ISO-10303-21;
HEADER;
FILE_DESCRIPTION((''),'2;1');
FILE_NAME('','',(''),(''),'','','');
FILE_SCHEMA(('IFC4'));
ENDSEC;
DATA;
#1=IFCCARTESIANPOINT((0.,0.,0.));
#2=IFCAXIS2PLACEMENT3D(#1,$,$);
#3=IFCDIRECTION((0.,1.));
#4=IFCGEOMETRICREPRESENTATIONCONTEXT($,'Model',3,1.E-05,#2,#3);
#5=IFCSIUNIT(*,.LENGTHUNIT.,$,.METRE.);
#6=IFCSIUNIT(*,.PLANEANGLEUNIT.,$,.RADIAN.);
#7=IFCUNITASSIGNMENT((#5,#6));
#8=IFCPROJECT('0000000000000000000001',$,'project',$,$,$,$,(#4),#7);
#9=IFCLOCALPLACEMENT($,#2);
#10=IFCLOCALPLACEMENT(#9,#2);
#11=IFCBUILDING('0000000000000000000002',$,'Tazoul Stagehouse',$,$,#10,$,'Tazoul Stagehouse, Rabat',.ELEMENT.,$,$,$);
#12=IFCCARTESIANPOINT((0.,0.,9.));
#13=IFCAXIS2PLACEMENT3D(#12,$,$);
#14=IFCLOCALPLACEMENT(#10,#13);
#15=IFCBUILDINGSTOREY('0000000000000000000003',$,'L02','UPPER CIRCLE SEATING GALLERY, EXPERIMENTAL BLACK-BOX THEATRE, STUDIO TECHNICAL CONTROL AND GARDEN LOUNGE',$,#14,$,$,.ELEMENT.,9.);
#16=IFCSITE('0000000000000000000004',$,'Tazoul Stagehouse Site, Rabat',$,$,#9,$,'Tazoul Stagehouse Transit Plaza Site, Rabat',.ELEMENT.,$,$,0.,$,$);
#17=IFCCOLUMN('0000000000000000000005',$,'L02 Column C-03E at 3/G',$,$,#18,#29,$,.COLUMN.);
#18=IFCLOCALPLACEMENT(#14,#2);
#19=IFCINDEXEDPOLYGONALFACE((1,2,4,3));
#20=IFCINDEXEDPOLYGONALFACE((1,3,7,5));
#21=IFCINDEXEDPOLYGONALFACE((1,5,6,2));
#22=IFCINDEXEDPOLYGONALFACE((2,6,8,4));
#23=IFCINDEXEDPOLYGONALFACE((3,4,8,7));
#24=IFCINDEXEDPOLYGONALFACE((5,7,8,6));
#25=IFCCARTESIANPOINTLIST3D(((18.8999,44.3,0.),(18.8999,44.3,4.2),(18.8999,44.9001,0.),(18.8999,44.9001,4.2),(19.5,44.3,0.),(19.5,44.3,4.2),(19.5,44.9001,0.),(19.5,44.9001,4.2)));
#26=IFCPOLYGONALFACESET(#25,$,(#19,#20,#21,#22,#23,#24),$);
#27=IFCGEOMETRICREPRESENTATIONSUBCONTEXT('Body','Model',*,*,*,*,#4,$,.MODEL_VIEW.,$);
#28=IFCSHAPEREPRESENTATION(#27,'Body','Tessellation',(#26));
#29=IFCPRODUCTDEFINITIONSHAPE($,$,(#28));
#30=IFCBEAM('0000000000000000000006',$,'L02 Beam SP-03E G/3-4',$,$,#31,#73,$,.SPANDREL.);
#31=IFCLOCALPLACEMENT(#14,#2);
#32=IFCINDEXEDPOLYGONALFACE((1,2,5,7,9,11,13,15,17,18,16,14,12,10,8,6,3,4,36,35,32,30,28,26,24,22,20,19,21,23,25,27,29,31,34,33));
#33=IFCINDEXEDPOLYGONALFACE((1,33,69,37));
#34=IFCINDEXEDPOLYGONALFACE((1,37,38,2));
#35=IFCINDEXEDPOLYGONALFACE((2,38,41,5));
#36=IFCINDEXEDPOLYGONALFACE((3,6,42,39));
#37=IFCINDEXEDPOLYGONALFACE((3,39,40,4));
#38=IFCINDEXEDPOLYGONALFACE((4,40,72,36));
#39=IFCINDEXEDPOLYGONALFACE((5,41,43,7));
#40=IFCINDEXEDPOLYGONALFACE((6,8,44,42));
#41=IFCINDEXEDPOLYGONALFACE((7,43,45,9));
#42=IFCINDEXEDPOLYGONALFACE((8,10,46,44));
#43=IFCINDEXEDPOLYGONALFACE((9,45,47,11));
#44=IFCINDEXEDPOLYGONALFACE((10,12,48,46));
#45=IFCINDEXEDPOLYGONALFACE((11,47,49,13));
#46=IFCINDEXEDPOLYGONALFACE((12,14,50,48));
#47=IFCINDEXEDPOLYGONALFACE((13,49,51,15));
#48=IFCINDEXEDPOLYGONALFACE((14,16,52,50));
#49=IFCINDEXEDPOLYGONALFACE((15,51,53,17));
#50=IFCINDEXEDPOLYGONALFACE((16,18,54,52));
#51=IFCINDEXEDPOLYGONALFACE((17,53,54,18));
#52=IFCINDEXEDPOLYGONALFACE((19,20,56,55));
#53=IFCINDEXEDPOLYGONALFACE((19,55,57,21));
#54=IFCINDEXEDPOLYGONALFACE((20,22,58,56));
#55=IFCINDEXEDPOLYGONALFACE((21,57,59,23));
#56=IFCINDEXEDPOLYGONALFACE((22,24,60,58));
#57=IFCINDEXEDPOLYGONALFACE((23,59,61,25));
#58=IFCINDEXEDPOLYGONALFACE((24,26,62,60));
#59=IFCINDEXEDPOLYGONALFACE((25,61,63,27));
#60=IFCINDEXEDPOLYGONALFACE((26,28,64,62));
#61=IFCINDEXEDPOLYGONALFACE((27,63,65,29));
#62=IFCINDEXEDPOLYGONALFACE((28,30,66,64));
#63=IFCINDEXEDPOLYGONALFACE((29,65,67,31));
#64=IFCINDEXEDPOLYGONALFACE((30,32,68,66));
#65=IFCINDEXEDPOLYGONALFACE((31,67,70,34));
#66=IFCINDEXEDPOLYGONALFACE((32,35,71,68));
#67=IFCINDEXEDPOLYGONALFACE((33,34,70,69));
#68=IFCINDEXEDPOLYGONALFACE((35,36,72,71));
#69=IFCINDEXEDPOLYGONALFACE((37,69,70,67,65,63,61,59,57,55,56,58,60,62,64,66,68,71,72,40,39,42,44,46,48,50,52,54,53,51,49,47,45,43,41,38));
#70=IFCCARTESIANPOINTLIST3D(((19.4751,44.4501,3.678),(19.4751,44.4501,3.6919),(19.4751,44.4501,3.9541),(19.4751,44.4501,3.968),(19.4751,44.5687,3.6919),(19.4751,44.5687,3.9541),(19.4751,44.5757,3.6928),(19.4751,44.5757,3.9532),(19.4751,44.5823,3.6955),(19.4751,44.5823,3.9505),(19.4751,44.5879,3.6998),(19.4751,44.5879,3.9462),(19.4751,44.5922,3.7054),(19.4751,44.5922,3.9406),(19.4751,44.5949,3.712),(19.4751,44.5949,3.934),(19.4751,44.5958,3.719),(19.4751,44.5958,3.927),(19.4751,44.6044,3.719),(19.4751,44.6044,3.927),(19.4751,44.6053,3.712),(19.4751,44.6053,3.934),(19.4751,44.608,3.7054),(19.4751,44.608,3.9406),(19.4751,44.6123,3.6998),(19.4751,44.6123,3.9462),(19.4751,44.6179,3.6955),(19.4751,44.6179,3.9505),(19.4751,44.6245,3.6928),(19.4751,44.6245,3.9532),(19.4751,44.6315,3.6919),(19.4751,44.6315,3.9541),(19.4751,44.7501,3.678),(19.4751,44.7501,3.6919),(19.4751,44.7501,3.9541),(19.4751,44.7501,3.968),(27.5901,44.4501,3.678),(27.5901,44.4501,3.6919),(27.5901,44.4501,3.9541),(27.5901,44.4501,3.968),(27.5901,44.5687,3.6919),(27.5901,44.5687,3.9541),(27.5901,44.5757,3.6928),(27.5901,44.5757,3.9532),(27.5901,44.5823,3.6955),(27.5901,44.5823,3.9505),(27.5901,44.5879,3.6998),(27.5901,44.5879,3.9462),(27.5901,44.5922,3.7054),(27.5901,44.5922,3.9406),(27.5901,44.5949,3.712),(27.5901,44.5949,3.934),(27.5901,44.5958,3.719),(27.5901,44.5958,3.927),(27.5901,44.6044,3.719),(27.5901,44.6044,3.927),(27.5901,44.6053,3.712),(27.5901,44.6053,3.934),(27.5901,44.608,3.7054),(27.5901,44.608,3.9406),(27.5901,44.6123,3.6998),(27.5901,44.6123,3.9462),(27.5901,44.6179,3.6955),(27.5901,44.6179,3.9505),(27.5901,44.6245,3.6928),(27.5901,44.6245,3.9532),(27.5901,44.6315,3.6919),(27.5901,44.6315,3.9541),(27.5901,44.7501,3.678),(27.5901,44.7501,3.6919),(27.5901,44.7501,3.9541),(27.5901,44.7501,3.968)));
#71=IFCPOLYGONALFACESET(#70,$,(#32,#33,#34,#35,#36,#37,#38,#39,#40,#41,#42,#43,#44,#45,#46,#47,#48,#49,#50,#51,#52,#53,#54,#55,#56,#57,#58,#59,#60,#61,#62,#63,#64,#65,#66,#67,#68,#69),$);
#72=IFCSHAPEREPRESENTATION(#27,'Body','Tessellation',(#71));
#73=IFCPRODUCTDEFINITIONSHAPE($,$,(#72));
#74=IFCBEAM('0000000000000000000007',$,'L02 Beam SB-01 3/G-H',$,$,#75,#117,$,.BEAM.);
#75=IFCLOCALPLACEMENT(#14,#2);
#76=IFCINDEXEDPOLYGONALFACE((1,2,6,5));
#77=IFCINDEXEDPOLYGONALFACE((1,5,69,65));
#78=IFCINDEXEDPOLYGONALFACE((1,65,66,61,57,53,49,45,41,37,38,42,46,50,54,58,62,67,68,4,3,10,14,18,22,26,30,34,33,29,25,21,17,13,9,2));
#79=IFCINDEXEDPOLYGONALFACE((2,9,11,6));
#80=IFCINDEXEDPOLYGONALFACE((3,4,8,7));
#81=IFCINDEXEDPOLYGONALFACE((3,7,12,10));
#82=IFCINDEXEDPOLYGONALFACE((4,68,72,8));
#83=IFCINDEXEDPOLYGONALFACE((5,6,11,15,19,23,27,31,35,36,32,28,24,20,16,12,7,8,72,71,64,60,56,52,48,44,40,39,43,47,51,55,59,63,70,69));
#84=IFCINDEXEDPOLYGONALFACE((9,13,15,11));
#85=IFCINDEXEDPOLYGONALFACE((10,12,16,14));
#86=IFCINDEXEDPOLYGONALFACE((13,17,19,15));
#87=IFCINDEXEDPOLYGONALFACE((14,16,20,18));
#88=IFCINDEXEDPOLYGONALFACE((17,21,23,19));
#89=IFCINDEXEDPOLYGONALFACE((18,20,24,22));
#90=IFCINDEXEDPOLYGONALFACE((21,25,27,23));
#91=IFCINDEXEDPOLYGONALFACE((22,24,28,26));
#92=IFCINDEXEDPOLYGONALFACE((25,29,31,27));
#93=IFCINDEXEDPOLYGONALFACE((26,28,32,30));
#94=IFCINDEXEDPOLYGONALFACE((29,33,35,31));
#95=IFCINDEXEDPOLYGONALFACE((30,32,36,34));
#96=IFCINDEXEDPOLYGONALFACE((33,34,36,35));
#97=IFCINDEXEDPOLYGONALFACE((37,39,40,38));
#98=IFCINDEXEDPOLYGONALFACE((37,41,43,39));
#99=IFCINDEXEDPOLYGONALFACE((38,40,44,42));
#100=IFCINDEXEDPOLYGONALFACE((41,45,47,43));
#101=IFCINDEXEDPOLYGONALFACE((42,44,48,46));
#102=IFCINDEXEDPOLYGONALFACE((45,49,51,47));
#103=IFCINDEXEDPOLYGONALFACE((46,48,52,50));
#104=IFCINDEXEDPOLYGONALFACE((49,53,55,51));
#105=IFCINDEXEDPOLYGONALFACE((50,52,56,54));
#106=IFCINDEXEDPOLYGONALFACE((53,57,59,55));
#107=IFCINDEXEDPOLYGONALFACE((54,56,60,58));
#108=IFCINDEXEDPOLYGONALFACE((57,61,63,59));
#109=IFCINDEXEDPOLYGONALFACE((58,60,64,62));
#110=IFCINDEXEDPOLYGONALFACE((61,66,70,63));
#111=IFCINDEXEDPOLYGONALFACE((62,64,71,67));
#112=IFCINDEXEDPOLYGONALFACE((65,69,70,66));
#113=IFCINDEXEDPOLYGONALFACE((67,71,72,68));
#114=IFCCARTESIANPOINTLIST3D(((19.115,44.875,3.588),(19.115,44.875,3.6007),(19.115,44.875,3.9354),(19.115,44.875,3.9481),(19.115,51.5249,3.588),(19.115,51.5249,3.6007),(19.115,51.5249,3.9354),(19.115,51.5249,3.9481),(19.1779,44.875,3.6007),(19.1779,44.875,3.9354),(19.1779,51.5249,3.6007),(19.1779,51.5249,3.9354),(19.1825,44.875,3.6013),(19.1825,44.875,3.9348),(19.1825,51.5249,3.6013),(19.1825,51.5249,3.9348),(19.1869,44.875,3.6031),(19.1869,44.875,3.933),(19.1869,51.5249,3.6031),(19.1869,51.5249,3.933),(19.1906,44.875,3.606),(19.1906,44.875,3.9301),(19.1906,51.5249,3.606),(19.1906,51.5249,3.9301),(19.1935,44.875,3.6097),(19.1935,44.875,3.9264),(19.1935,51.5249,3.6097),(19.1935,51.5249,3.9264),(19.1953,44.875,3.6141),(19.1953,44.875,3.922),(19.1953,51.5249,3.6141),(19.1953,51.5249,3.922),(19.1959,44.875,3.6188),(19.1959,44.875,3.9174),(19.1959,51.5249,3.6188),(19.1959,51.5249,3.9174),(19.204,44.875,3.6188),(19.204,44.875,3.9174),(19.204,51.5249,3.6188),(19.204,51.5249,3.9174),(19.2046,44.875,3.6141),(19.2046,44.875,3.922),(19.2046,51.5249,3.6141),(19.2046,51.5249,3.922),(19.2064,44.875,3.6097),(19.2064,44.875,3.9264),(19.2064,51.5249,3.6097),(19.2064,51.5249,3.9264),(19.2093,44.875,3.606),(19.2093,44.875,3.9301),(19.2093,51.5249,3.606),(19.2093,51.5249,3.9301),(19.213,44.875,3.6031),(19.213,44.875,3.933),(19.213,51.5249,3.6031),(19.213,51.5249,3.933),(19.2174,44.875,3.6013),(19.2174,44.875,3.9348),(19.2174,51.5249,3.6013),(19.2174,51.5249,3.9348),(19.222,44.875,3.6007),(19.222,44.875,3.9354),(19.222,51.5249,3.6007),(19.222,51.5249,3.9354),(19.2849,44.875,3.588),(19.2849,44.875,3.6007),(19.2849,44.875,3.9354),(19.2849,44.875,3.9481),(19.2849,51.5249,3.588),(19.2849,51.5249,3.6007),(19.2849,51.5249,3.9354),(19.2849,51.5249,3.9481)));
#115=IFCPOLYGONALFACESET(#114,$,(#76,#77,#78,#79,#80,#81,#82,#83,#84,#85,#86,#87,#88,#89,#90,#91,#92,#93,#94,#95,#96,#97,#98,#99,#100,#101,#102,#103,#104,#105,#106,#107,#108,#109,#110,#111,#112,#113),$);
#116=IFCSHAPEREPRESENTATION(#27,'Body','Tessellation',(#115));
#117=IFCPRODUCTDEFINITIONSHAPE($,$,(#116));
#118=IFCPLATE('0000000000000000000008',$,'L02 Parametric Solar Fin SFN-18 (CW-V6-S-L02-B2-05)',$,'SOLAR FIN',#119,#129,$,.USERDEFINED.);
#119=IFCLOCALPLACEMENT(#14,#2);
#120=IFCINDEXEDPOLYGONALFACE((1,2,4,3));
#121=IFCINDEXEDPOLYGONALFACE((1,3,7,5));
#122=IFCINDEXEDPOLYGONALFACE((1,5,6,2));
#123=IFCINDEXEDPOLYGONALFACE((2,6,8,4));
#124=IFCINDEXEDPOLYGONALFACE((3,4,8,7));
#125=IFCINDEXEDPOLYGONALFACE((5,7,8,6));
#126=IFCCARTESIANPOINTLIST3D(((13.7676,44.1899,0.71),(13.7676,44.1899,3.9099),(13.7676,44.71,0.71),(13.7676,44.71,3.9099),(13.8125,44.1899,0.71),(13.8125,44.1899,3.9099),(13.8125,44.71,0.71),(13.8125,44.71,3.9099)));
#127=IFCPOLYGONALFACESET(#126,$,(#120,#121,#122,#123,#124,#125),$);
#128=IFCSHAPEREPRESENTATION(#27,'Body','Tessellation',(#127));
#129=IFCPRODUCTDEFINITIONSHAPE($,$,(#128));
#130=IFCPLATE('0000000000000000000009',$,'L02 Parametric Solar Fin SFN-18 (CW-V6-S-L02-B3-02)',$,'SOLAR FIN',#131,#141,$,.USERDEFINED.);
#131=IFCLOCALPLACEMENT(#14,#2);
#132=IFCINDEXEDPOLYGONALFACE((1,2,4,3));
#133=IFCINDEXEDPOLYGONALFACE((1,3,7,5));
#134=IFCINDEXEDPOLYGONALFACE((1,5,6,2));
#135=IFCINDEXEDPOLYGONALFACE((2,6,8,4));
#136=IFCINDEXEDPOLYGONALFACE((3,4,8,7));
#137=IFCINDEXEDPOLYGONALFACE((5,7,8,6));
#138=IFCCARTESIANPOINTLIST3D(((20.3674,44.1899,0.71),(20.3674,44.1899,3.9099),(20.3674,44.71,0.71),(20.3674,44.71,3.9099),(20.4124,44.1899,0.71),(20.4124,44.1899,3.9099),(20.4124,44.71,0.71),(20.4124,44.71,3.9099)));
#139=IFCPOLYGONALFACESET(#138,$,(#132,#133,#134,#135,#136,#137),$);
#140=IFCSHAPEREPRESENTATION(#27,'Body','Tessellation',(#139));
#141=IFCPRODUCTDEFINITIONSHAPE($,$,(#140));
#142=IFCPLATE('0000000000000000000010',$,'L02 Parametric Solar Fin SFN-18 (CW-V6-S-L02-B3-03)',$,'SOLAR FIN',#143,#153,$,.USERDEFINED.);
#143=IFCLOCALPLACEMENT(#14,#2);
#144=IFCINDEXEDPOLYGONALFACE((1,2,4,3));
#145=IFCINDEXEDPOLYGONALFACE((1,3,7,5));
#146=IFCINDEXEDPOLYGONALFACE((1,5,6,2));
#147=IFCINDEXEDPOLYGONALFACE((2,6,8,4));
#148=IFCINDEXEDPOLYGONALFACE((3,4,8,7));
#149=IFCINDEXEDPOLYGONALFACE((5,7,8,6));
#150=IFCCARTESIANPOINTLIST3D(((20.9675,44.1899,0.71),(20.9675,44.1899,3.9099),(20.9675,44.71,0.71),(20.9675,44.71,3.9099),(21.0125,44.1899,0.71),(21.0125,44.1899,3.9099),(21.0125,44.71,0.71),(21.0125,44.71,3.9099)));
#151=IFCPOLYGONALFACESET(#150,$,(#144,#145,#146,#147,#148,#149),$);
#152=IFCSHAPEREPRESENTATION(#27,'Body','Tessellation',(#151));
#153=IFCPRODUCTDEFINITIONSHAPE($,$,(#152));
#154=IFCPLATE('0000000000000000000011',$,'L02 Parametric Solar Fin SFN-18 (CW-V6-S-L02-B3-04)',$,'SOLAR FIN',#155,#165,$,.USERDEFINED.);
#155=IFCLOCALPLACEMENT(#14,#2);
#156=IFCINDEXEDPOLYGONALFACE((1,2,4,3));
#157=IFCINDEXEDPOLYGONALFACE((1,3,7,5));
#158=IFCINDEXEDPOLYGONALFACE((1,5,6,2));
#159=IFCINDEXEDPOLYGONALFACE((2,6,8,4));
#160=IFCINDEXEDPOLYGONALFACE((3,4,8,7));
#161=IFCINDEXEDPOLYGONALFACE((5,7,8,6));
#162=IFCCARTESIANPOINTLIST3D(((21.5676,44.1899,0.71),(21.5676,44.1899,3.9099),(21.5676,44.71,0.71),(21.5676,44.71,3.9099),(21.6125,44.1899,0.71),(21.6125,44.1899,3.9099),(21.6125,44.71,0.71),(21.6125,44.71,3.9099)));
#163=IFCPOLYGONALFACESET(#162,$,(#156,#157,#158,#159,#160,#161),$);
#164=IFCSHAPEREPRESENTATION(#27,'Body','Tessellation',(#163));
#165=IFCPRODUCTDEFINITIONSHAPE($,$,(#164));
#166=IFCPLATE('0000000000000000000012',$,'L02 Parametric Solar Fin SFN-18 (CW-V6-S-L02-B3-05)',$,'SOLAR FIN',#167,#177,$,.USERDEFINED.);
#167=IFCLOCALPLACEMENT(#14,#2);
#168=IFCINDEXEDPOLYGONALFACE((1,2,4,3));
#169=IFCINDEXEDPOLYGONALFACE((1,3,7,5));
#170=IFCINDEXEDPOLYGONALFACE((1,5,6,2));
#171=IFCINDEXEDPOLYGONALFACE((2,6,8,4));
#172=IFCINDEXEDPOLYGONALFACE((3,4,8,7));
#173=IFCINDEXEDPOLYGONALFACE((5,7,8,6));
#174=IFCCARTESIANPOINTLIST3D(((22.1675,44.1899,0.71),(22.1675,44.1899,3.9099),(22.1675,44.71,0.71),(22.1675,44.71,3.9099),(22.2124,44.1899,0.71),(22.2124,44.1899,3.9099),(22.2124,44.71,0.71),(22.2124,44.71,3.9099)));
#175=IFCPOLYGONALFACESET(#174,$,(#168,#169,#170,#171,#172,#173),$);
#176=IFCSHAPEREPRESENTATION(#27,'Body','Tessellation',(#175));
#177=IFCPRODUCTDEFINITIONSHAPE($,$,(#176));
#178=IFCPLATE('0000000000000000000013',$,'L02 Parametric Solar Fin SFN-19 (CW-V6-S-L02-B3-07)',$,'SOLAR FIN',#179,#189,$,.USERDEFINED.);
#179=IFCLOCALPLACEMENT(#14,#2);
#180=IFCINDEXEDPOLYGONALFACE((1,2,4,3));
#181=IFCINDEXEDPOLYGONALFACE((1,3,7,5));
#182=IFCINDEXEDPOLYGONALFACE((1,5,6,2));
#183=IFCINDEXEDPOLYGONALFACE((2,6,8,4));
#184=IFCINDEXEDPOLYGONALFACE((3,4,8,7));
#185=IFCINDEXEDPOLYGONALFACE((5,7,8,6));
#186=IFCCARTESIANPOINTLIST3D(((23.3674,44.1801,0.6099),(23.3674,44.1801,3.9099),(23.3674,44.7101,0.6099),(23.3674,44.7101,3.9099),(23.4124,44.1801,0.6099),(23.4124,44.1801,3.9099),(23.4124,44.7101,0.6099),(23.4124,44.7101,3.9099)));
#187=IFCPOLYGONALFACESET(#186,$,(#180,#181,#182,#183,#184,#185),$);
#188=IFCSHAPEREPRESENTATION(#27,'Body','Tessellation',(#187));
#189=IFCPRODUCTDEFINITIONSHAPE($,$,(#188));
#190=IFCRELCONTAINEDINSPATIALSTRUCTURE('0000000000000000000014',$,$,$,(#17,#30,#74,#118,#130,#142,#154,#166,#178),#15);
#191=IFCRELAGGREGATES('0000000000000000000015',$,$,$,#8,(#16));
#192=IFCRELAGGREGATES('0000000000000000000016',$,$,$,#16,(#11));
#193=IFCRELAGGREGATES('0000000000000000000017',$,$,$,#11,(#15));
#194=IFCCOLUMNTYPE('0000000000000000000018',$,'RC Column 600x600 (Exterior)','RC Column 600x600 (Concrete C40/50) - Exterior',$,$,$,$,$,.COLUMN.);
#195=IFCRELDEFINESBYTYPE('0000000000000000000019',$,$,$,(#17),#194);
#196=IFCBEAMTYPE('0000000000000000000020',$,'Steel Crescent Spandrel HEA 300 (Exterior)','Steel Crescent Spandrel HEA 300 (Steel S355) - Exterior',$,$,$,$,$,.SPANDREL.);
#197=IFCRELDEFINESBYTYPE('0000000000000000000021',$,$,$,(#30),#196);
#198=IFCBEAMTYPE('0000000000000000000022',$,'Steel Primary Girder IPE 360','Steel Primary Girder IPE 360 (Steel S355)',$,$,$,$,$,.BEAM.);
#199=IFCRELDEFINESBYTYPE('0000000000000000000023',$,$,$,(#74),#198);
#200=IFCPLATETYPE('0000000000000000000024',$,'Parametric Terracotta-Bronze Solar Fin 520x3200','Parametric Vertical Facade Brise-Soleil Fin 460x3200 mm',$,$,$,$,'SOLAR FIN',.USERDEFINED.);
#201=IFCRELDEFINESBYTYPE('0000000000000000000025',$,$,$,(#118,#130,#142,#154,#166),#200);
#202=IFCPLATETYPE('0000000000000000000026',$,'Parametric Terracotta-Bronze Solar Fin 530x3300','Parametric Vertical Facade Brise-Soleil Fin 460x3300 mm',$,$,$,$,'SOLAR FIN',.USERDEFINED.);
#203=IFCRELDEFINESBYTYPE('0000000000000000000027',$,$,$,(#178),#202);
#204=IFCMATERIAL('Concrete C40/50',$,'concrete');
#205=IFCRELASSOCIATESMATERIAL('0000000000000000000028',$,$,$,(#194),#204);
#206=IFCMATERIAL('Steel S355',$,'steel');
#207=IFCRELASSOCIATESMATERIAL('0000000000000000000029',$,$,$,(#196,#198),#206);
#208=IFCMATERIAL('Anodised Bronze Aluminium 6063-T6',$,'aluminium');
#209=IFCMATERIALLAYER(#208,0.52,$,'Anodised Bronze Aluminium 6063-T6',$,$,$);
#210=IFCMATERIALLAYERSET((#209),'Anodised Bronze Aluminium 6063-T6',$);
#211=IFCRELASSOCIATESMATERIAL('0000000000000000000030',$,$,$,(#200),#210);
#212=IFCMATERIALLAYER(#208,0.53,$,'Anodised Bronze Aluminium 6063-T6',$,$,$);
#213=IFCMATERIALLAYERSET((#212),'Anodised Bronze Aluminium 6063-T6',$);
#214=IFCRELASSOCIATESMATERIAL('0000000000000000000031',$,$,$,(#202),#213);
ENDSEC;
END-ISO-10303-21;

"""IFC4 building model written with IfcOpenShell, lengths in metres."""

from ifc_helpers import new_model, si_unit, direction, frame, origin, origin_2d, place, context, subcontext, project, spatial, rectangle, i_section, extrude, material, layer, layer_set, material_profile, profile_set, type_object, element, save


model = new_model("IFC4")

# Units and contexts
model_context = context("Model", 3, precision=1e-05, world=origin(), true_north=direction((0.0, 1.0)))
body_context = subcontext(model_context, "Body", "Model", "MODEL_VIEW")
ifc_project = project(units=[si_unit("LENGTHUNIT", "METRE"), si_unit("PLANEANGLEUNIT", "RADIAN")], contexts=[model_context])

# Site, building, storey
site_placement = place(None, origin())
site = spatial("IfcSite", under=ifc_project, at=site_placement, Name="Tazoul Stagehouse Site, Rabat", LongName="Tazoul Stagehouse Transit Plaza Site, Rabat", CompositionType="ELEMENT", RefElevation=0.0)
building_placement = place(site_placement, origin())
building = spatial("IfcBuilding", under=site, at=building_placement, Name="Tazoul Stagehouse", LongName="Tazoul Stagehouse, Rabat", CompositionType="ELEMENT")
storey_placement = place(building_placement, frame((0.0, 0.0, 9.0)))
storey = spatial("IfcBuildingStorey", under=building, at=storey_placement, Name="L02", Description="UPPER CIRCLE SEATING GALLERY, EXPERIMENTAL BLACK-BOX THEATRE, STUDIO TECHNICAL CONTROL AND GARDEN LOUNGE", CompositionType="ELEMENT", Elevation=9.0)

# Column
ifc_material_1 = material(Name="Concrete C40/50", Category="concrete")
ifc_material_profile_1 = material_profile(ifc_material_1, rectangle(XDim=0.6001, YDim=0.6001, at=origin_2d()), Name="RC 600x600")
ifc_profile_set_1 = profile_set([ifc_material_profile_1], Name="Concrete C40/50")
column_type = type_object("IfcColumnType", Name="RC Column 600x600 (Exterior)", Description="RC Column 600x600 (Concrete C40/50) - Exterior", PredefinedType="COLUMN", material=ifc_profile_set_1)
column_placement = place(storey_placement, frame((19.2, 44.6001, 0.0), z_axis=(0.0, 0.0, 1.0), x_axis=(1.0, 0.0, 0.0)))
element("IfcColumn", 1, at=column_placement, inside=storey, type_object=column_type, Name="L02 Column C-03E at 3/G", PredefinedType="COLUMN", context=body_context, shape_type="SweptSolid", body=[
    extrude(rectangle(XDim=0.6001, YDim=0.6001, at=origin_2d()), origin(), (0.0, 0.0, 1.0), 4.2),
])

# Beams
ifc_material_2 = material(Name="Steel S355", Category="steel")
ifc_material_profile_2 = material_profile(ifc_material_2, i_section(OverallWidth=0.3, OverallDepth=0.29, WebThickness=0.0085, FlangeThickness=0.0139, FilletRadius=0.0271, at=origin_2d()), Name="HEA 300")
ifc_profile_set_2 = profile_set([ifc_material_profile_2], Name="Steel S355")
beam_type_1 = type_object("IfcBeamType", Name="Steel Crescent Spandrel HEA 300 (Exterior)", Description="Steel Crescent Spandrel HEA 300 (Steel S355) - Exterior", PredefinedType="SPANDREL", material=ifc_profile_set_2)
beam_1_placement = place(storey_placement, frame((19.4751, 44.6001, 3.823), z_axis=(1.0, 0.0, 0.0), x_axis=(0.0, 1.0, 0.0)))
element("IfcBeam", 2, at=beam_1_placement, inside=storey, type_object=beam_type_1, Name="L02 Beam SP-03E G/3-4", PredefinedType="SPANDREL", context=body_context, shape_type="SweptSolid", body=[
    extrude(i_section(OverallWidth=0.3, OverallDepth=0.29, WebThickness=0.0085, FlangeThickness=0.0139, FilletRadius=0.0271, at=origin_2d()), origin(), (0.0, 0.0, 1.0), 8.115),
])
ifc_material_profile_3 = material_profile(ifc_material_2, i_section(OverallWidth=0.1699, OverallDepth=0.3601, WebThickness=0.0081, FlangeThickness=0.0127, FilletRadius=0.0181, at=origin_2d()), Name="IPE 360")
ifc_profile_set_3 = profile_set([ifc_material_profile_3], Name="Steel S355")
beam_type_2 = type_object("IfcBeamType", Name="Steel Primary Girder IPE 360", Description="Steel Primary Girder IPE 360 (Steel S355)", PredefinedType="BEAM", material=ifc_profile_set_3)
beam_2_placement = place(storey_placement, frame((19.2, 44.875, 3.7681), z_axis=(0.0, 1.0, 0.0), x_axis=(-1.0, 0.0, 0.0)))
element("IfcBeam", 3, at=beam_2_placement, inside=storey, type_object=beam_type_2, Name="L02 Beam SB-01 3/G-H", PredefinedType="BEAM", context=body_context, shape_type="SweptSolid", body=[
    extrude(i_section(OverallWidth=0.1699, OverallDepth=0.3601, WebThickness=0.0081, FlangeThickness=0.0127, FilletRadius=0.0181, at=origin_2d()), origin(), (0.0, 0.0, 1.0), 6.6499),
])

# Plates
ifc_material_3 = material(Name="Anodised Bronze Aluminium 6063-T6", Category="aluminium")
ifc_layer_1 = layer(ifc_material_3, 0.52, Name="Anodised Bronze Aluminium 6063-T6")
ifc_layer_set_1 = layer_set([ifc_layer_1], Name="Anodised Bronze Aluminium 6063-T6")
plate_type_1 = type_object("IfcPlateType", Name="Parametric Terracotta-Bronze Solar Fin 520x3200", Description="Parametric Vertical Facade Brise-Soleil Fin 460x3200 mm", ElementType="SOLAR FIN", PredefinedType="USERDEFINED", material=ifc_layer_set_1)
for number, where, z_axis, x_axis, name in (
    (4, (13.79, 44.45, 0.71), (0.0, 0.0, 1.0), (1.0, 0.0, 0.0), "L02 Parametric Solar Fin SFN-18 (CW-V6-S-L02-B2-05)"),
    (5, (20.3899, 44.45, 0.71), (0.0, 0.0, 1.0), (1.0, 0.0, 0.0), "L02 Parametric Solar Fin SFN-18 (CW-V6-S-L02-B3-02)"),
    (6, (20.99, 44.45, 0.71), (0.0, 0.0, 1.0), (1.0, 0.0, 0.0), "L02 Parametric Solar Fin SFN-18 (CW-V6-S-L02-B3-03)"),
    (7, (21.5901, 44.45, 0.71), (0.0, 0.0, 1.0), (1.0, 0.0, 0.0), "L02 Parametric Solar Fin SFN-18 (CW-V6-S-L02-B3-04)"),
    (8, (22.1899, 44.45, 0.71), (0.0, 0.0, 1.0), (1.0, 0.0, 0.0), "L02 Parametric Solar Fin SFN-18 (CW-V6-S-L02-B3-05)"),
):
    element("IfcPlate", number, at=place(storey_placement, frame(where, z_axis=z_axis, x_axis=x_axis)), inside=storey, type_object=plate_type_1, Name=name, ObjectType="SOLAR FIN", PredefinedType="USERDEFINED", context=body_context, shape_type="SweptSolid", body=[
        extrude(rectangle(XDim=0.0449, YDim=0.52, at=origin_2d()), origin(), (0.0, 0.0, 1.0), 3.2),
    ])
ifc_layer_2 = layer(ifc_material_3, 0.53, Name="Anodised Bronze Aluminium 6063-T6")
ifc_layer_set_2 = layer_set([ifc_layer_2], Name="Anodised Bronze Aluminium 6063-T6")
plate_type_2 = type_object("IfcPlateType", Name="Parametric Terracotta-Bronze Solar Fin 530x3300", Description="Parametric Vertical Facade Brise-Soleil Fin 460x3300 mm", ElementType="SOLAR FIN", PredefinedType="USERDEFINED", material=ifc_layer_set_2)
plate_placement = place(storey_placement, frame((23.3899, 44.4451, 0.6099), z_axis=(0.0, 0.0, 1.0), x_axis=(1.0, 0.0, 0.0)))
element("IfcPlate", 9, at=plate_placement, inside=storey, type_object=plate_type_2, Name="L02 Parametric Solar Fin SFN-19 (CW-V6-S-L02-B3-07)", ObjectType="SOLAR FIN", PredefinedType="USERDEFINED", context=body_context, shape_type="SweptSolid", body=[
    extrude(rectangle(XDim=0.0449, YDim=0.53, at=origin_2d()), origin(), (0.0, 0.0, 1.0), 3.3),
])

save(model, "model.ifc")
